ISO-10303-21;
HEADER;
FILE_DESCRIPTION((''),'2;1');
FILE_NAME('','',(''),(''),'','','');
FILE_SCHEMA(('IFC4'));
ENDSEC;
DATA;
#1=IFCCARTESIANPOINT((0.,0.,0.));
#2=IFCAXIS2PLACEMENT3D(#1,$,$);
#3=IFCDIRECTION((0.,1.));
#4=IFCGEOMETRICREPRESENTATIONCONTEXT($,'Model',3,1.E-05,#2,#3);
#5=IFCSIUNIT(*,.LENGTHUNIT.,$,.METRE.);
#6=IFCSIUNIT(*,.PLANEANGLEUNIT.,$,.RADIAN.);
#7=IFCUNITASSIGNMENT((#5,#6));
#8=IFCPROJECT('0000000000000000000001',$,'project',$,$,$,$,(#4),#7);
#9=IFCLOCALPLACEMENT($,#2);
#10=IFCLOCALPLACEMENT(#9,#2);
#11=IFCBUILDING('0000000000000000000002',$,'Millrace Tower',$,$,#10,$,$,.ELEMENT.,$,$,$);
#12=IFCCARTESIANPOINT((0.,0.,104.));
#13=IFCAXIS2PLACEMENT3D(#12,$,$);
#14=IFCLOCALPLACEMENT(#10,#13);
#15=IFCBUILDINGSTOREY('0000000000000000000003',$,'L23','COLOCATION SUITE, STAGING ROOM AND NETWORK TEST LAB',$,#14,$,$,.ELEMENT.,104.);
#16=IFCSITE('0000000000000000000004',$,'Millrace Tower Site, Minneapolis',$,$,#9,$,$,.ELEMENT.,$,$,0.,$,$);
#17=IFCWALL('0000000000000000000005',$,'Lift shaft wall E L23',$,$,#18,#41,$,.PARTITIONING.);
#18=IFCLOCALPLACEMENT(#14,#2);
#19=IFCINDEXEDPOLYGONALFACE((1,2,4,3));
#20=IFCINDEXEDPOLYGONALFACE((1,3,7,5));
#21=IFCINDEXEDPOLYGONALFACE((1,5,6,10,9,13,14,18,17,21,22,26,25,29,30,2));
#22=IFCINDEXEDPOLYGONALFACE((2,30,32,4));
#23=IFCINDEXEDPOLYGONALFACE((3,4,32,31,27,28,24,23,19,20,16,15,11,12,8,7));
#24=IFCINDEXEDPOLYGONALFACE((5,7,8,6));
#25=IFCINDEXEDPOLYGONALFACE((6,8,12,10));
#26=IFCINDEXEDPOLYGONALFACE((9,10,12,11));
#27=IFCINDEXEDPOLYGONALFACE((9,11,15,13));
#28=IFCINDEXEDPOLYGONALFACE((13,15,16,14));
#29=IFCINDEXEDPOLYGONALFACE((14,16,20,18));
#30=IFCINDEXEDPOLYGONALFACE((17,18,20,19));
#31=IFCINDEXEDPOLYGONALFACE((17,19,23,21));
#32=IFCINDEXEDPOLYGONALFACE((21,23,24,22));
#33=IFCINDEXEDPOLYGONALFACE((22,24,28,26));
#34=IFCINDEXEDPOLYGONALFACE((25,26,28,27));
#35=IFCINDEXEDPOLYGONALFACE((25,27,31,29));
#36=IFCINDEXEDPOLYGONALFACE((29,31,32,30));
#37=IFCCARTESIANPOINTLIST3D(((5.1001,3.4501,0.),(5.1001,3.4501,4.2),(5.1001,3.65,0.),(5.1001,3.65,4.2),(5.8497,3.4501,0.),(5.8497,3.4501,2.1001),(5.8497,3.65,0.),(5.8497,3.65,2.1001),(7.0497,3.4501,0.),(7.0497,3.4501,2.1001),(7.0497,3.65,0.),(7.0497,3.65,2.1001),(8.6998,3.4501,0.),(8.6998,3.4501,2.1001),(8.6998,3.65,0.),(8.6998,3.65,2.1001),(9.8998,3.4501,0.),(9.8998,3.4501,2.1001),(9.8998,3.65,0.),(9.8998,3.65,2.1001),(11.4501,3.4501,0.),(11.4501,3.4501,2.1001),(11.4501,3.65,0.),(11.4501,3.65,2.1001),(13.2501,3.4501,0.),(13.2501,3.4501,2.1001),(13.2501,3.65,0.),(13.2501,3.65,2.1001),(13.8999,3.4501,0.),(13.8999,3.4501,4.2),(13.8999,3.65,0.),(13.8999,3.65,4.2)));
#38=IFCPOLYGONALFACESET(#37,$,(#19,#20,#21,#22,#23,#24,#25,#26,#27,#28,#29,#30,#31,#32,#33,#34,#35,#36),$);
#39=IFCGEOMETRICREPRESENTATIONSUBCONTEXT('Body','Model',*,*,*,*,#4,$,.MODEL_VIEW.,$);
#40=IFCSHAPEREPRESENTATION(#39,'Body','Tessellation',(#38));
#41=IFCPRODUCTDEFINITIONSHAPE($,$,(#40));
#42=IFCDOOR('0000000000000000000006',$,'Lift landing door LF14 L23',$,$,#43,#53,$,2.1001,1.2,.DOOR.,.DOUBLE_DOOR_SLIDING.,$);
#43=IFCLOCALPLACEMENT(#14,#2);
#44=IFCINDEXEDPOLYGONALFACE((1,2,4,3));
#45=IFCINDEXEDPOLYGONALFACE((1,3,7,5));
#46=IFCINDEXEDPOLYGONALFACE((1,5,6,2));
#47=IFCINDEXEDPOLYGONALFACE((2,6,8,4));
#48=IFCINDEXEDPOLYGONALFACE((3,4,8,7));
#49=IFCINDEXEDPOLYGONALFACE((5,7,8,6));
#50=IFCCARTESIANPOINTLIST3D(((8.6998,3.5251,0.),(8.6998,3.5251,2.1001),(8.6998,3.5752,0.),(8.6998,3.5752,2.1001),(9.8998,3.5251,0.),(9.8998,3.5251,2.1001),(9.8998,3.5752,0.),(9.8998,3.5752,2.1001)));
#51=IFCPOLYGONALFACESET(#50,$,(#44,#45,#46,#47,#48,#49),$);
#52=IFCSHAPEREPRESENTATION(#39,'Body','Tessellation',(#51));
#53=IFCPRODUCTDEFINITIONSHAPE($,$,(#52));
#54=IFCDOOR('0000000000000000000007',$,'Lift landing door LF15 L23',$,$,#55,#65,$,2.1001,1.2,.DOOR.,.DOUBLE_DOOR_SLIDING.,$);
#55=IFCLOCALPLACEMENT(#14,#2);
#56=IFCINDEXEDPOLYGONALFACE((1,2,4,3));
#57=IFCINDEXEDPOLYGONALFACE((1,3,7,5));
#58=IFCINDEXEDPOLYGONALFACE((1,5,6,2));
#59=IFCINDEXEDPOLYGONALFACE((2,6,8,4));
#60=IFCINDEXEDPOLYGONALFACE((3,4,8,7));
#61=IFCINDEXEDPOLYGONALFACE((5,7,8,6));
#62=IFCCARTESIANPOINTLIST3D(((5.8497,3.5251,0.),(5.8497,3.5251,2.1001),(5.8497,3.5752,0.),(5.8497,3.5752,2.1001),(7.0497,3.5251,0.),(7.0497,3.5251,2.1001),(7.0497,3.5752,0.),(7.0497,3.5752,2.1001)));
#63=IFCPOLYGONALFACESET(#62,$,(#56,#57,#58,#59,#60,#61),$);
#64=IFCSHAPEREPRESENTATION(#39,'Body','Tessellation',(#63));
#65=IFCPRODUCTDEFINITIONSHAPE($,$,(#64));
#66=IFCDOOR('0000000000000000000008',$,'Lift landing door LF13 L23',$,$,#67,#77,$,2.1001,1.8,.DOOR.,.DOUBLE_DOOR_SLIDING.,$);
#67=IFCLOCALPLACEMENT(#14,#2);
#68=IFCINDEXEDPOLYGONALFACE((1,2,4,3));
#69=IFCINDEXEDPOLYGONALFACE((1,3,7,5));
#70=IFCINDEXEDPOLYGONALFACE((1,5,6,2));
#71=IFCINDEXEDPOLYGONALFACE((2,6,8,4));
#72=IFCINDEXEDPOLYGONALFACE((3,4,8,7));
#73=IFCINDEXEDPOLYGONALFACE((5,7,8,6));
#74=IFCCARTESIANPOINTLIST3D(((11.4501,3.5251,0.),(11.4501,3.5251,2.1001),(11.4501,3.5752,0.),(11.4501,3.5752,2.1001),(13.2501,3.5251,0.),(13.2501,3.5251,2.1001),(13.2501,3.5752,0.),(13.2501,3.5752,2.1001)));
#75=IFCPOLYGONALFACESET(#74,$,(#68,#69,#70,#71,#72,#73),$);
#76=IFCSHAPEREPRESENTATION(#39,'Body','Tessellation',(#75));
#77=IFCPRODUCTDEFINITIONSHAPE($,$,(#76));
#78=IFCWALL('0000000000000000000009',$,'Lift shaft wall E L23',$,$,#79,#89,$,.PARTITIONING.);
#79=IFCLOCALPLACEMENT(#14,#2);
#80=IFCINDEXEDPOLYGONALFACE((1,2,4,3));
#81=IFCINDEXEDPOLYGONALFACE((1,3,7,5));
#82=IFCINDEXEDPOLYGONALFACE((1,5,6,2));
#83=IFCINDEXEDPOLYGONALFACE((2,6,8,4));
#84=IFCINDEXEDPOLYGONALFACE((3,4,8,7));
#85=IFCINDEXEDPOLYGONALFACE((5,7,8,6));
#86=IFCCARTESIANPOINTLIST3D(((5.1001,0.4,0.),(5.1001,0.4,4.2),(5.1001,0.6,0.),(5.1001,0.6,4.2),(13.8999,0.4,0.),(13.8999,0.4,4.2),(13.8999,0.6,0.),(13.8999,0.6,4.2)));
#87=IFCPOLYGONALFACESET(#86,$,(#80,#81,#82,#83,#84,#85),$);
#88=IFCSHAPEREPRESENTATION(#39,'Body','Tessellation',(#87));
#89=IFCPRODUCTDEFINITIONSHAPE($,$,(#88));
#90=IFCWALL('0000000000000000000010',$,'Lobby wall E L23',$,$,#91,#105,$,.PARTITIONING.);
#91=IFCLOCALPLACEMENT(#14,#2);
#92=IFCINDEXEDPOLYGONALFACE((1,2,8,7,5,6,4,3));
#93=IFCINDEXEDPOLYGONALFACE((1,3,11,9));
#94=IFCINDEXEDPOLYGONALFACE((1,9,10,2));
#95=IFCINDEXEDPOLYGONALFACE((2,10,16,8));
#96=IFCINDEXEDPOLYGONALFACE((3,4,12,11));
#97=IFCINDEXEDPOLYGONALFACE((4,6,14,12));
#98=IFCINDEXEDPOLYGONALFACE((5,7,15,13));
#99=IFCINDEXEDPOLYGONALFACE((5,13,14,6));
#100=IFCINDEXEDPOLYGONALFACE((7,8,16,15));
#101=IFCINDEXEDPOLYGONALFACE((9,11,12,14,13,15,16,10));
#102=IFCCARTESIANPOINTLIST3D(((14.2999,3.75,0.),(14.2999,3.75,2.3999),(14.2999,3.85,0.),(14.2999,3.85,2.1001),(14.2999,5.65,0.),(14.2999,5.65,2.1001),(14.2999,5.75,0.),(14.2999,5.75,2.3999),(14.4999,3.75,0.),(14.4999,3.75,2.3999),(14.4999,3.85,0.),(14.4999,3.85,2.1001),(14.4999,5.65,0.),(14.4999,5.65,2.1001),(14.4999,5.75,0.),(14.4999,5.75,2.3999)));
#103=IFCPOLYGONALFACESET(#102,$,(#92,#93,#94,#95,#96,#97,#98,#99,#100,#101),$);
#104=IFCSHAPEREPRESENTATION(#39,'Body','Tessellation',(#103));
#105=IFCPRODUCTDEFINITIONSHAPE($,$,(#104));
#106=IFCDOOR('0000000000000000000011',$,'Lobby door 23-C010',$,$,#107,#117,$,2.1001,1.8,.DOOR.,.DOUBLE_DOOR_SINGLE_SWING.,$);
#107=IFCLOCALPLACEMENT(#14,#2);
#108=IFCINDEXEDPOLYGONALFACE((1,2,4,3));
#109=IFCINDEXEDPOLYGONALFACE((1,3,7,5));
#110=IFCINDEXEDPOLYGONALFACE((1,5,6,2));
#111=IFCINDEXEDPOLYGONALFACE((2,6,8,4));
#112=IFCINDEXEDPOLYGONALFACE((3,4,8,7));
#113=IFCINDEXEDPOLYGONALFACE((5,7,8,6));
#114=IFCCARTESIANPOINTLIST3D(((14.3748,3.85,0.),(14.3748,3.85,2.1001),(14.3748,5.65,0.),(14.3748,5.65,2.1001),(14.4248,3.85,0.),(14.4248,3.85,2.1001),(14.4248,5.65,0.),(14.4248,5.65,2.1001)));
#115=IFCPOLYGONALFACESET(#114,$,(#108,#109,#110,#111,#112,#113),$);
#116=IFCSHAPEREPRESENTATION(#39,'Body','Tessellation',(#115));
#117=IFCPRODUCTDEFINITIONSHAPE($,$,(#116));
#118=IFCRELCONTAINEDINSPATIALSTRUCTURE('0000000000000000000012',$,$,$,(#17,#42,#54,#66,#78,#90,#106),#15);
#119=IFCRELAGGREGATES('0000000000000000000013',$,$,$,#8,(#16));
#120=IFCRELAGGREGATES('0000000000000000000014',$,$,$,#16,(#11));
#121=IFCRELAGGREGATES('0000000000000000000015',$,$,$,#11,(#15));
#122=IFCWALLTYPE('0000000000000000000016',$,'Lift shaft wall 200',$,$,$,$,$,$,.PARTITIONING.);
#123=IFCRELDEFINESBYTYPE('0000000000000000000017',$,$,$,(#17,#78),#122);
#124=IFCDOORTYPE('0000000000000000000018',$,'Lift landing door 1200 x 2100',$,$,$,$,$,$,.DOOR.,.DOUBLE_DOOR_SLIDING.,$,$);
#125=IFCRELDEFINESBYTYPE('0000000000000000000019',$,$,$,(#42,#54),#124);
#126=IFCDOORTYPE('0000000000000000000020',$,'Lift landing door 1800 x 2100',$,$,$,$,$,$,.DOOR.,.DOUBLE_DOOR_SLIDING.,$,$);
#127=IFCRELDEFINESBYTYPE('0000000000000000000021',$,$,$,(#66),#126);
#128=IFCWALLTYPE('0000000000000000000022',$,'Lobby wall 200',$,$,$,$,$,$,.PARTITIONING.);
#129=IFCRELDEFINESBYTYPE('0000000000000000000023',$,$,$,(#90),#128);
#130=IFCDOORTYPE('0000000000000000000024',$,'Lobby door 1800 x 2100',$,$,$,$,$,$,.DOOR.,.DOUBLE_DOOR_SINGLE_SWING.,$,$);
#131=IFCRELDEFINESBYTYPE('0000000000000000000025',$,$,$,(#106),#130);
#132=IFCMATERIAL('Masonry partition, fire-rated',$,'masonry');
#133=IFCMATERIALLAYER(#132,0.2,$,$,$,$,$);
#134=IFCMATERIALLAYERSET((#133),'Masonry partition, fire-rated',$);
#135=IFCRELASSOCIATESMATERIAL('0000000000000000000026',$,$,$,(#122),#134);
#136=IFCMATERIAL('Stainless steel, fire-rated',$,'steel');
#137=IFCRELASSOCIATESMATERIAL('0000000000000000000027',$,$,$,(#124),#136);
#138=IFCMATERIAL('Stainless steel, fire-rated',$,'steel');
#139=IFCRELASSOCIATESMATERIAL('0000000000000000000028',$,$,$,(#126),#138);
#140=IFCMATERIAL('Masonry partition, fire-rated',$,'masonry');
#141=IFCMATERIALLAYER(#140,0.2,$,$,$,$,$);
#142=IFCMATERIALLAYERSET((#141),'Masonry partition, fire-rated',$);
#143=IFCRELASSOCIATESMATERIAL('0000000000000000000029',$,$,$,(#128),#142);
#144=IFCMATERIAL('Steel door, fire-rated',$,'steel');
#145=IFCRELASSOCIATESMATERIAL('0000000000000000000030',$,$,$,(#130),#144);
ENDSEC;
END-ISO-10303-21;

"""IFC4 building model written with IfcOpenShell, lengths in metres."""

from ifc_helpers import new_model, si_unit, direction, frame, frame_2d, origin, place, context, subcontext, project, spatial, rectangle, extrude, material, layer, layer_set, type_object, element, fill, save


model = new_model("IFC4")

# Units and contexts
model_context = context("Model", 3, precision=1e-05, world=origin(), true_north=direction((0.0, 1.0)))
body_context = subcontext(model_context, "Body", "Model", "MODEL_VIEW")
ifc_project = project(units=[si_unit("LENGTHUNIT", "METRE"), si_unit("PLANEANGLEUNIT", "RADIAN")], contexts=[model_context])

# Site, building, storey
site_placement = place(None, origin())
site = spatial("IfcSite", under=ifc_project, at=site_placement, Name="Millrace Tower Site, Minneapolis", CompositionType="ELEMENT", RefElevation=0.0)
building_placement = place(site_placement, origin())
building = spatial("IfcBuilding", under=site, at=building_placement, Name="Millrace Tower", CompositionType="ELEMENT")
storey_placement = place(building_placement, frame((0.0, 0.0, 104.0)))
storey = spatial("IfcBuildingStorey", under=building, at=storey_placement, Name="L23", Description="COLOCATION SUITE, STAGING ROOM AND NETWORK TEST LAB", CompositionType="ELEMENT", Elevation=104.0)

# Shared definitions
ifc_material_1 = material(Name="Masonry partition, fire-rated", Category="masonry")
ifc_layer_1 = layer(ifc_material_1, 0.2)
ifc_layer_set_1 = layer_set([ifc_layer_1], Name="Masonry partition, fire-rated")
wall_type_1 = type_object("IfcWallType", Name="Lift shaft wall 200", PredefinedType="PARTITIONING", material=ifc_layer_set_1)

# Wall, openings, doors
wall_1_placement = place(storey_placement, frame((13.8999, 3.55, 0.0), z_axis=(0.0, 0.0, 1.0), x_axis=(-1.0, 0.0, 0.0)))
wall_1 = element("IfcWall", 1, at=wall_1_placement, inside=storey, type_object=wall_type_1, Name="Lift shaft wall E L23", PredefinedType="PARTITIONING", context=body_context, shape_type="SweptSolid", body=[
    extrude(rectangle(XDim=8.7998, YDim=0.2, at=frame_2d((4.3999, 0.0))), origin(), (0.0, 0.0, 1.0), 4.2),
])
opening_1_placement = place(wall_1_placement, frame((0.6499, 0.0, 0.0)))
opening_1 = element("IfcOpeningElement", 2, at=opening_1_placement, cuts=wall_1, PredefinedType="OPENING", context=body_context, shape_type="SweptSolid", body=[
    extrude(rectangle(XDim=1.8, YDim=2.1001, at=frame_2d((0.8999, 1.05))), frame((0.0, 0.1099, 0.0), z_axis=(0.0, -1.0, 0.0), x_axis=(1.0, 0.0, 0.0)), (0.0, 0.0, 1.0), 0.22),
])
opening_2_placement = place(wall_1_placement, frame((4.0, 0.0, 0.0)))
opening_2 = element("IfcOpeningElement", 3, at=opening_2_placement, cuts=wall_1, PredefinedType="OPENING", context=body_context, shape_type="SweptSolid", body=[
    extrude(rectangle(XDim=1.2, YDim=2.1001, at=frame_2d((0.6001, 1.05))), frame((0.0, 0.1099, 0.0), z_axis=(0.0, -1.0, 0.0), x_axis=(1.0, 0.0, 0.0)), (0.0, 0.0, 1.0), 0.22),
])
opening_3_placement = place(wall_1_placement, frame((6.8501, 0.0, 0.0)))
opening_3 = element("IfcOpeningElement", 4, at=opening_3_placement, cuts=wall_1, PredefinedType="OPENING", context=body_context, shape_type="SweptSolid", body=[
    extrude(rectangle(XDim=1.2, YDim=2.1001, at=frame_2d((0.6001, 1.05))), frame((0.0, 0.1099, 0.0), z_axis=(0.0, -1.0, 0.0), x_axis=(1.0, 0.0, 0.0)), (0.0, 0.0, 1.0), 0.22),
])
ifc_material_2 = material(Name="Stainless steel, fire-rated", Category="steel")
door_type_1 = type_object("IfcDoorType", Name="Lift landing door 1200 x 2100", OperationType="DOUBLE_DOOR_SLIDING", PredefinedType="DOOR", material=ifc_material_2)
door_1_placement = place(opening_2_placement, origin())
door_1 = element("IfcDoor", 5, at=door_1_placement, inside=storey, type_object=door_type_1, Name="Lift landing door LF14 L23", OperationType="DOUBLE_DOOR_SLIDING", OverallHeight=2.1001, OverallWidth=1.2, PredefinedType="DOOR", context=body_context, shape_type="SweptSolid", body=[
    extrude(rectangle(XDim=1.2, YDim=2.1001, at=frame_2d((0.6001, 1.05))), frame((0.0, 0.0249, 0.0), z_axis=(0.0, -1.0, 0.0), x_axis=(1.0, 0.0, 0.0)), (0.0, 0.0, 1.0), 0.05),
])
fill(opening_2, door_1)
door_2_placement = place(opening_3_placement, origin())
door_2 = element("IfcDoor", 6, at=door_2_placement, inside=storey, type_object=door_type_1, Name="Lift landing door LF15 L23", OperationType="DOUBLE_DOOR_SLIDING", OverallHeight=2.1001, OverallWidth=1.2, PredefinedType="DOOR", context=body_context, shape_type="SweptSolid", body=[
    extrude(rectangle(XDim=1.2, YDim=2.1001, at=frame_2d((0.6001, 1.05))), frame((0.0, 0.0249, 0.0), z_axis=(0.0, -1.0, 0.0), x_axis=(1.0, 0.0, 0.0)), (0.0, 0.0, 1.0), 0.05),
])
fill(opening_3, door_2)
ifc_material_3 = material(Name="Stainless steel, fire-rated", Category="steel")
door_type_2 = type_object("IfcDoorType", Name="Lift landing door 1800 x 2100", OperationType="DOUBLE_DOOR_SLIDING", PredefinedType="DOOR", material=ifc_material_3)
door_3_placement = place(opening_1_placement, origin())
door_3 = element("IfcDoor", 7, at=door_3_placement, inside=storey, type_object=door_type_2, Name="Lift landing door LF13 L23", OperationType="DOUBLE_DOOR_SLIDING", OverallHeight=2.1001, OverallWidth=1.8, PredefinedType="DOOR", context=body_context, shape_type="SweptSolid", body=[
    extrude(rectangle(XDim=1.8, YDim=2.1001, at=frame_2d((0.8999, 1.05))), frame((0.0, 0.0249, 0.0), z_axis=(0.0, -1.0, 0.0), x_axis=(1.0, 0.0, 0.0)), (0.0, 0.0, 1.0), 0.05),
])
fill(opening_1, door_3)

# Wall
wall_2_placement = place(storey_placement, frame((13.8999, 0.5, 0.0), z_axis=(0.0, 0.0, 1.0), x_axis=(-1.0, 0.0, 0.0)))
element("IfcWall", 8, at=wall_2_placement, inside=storey, type_object=wall_type_1, Name="Lift shaft wall E L23", PredefinedType="PARTITIONING", context=body_context, shape_type="SweptSolid", body=[
    extrude(rectangle(XDim=8.7998, YDim=0.2, at=frame_2d((4.3999, 0.0))), origin(), (0.0, 0.0, 1.0), 4.2),
])

# Wall, opening, door
ifc_material_4 = material(Name="Masonry partition, fire-rated", Category="masonry")
ifc_layer_2 = layer(ifc_material_4, 0.2)
ifc_layer_set_2 = layer_set([ifc_layer_2], Name="Masonry partition, fire-rated")
wall_type_2 = type_object("IfcWallType", Name="Lobby wall 200", PredefinedType="PARTITIONING", material=ifc_layer_set_2)
wall_3_placement = place(storey_placement, frame((14.3999, 5.75, 0.0), z_axis=(0.0, 0.0, 1.0), x_axis=(0.0, -1.0, 0.0)))
wall_3 = element("IfcWall", 9, at=wall_3_placement, inside=storey, type_object=wall_type_2, Name="Lobby wall E L23", PredefinedType="PARTITIONING", context=body_context, shape_type="SweptSolid", body=[
    extrude(rectangle(XDim=2.0, YDim=0.2, at=frame_2d((1.0, 0.0))), origin(), (0.0, 0.0, 1.0), 2.3999),
])
opening_4_placement = place(wall_3_placement, frame((0.1001, 0.0, 0.0)))
opening_4 = element("IfcOpeningElement", 10, at=opening_4_placement, cuts=wall_3, PredefinedType="OPENING", context=body_context, shape_type="SweptSolid", body=[
    extrude(rectangle(XDim=1.8, YDim=2.1001, at=frame_2d((0.8999, 1.05))), frame((0.0, 0.1099, 0.0), z_axis=(0.0, -1.0, 0.0), x_axis=(1.0, 0.0, 0.0)), (0.0, 0.0, 1.0), 0.22),
])
ifc_material_5 = material(Name="Steel door, fire-rated", Category="steel")
door_type_3 = type_object("IfcDoorType", Name="Lobby door 1800 x 2100", OperationType="DOUBLE_DOOR_SINGLE_SWING", PredefinedType="DOOR", material=ifc_material_5)
door_4_placement = place(opening_4_placement, origin())
door_4 = element("IfcDoor", 11, at=door_4_placement, inside=storey, type_object=door_type_3, Name="Lobby door 23-C010", OperationType="DOUBLE_DOOR_SINGLE_SWING", OverallHeight=2.1001, OverallWidth=1.8, PredefinedType="DOOR", context=body_context, shape_type="SweptSolid", body=[
    extrude(rectangle(XDim=1.8, YDim=2.1001, at=frame_2d((0.8999, 1.05))), frame((0.0, 0.0249, 0.0), z_axis=(0.0, -1.0, 0.0), x_axis=(1.0, 0.0, 0.0)), (0.0, 0.0, 1.0), 0.05),
])
fill(opening_4, door_4)

save(model, "model.ifc")
